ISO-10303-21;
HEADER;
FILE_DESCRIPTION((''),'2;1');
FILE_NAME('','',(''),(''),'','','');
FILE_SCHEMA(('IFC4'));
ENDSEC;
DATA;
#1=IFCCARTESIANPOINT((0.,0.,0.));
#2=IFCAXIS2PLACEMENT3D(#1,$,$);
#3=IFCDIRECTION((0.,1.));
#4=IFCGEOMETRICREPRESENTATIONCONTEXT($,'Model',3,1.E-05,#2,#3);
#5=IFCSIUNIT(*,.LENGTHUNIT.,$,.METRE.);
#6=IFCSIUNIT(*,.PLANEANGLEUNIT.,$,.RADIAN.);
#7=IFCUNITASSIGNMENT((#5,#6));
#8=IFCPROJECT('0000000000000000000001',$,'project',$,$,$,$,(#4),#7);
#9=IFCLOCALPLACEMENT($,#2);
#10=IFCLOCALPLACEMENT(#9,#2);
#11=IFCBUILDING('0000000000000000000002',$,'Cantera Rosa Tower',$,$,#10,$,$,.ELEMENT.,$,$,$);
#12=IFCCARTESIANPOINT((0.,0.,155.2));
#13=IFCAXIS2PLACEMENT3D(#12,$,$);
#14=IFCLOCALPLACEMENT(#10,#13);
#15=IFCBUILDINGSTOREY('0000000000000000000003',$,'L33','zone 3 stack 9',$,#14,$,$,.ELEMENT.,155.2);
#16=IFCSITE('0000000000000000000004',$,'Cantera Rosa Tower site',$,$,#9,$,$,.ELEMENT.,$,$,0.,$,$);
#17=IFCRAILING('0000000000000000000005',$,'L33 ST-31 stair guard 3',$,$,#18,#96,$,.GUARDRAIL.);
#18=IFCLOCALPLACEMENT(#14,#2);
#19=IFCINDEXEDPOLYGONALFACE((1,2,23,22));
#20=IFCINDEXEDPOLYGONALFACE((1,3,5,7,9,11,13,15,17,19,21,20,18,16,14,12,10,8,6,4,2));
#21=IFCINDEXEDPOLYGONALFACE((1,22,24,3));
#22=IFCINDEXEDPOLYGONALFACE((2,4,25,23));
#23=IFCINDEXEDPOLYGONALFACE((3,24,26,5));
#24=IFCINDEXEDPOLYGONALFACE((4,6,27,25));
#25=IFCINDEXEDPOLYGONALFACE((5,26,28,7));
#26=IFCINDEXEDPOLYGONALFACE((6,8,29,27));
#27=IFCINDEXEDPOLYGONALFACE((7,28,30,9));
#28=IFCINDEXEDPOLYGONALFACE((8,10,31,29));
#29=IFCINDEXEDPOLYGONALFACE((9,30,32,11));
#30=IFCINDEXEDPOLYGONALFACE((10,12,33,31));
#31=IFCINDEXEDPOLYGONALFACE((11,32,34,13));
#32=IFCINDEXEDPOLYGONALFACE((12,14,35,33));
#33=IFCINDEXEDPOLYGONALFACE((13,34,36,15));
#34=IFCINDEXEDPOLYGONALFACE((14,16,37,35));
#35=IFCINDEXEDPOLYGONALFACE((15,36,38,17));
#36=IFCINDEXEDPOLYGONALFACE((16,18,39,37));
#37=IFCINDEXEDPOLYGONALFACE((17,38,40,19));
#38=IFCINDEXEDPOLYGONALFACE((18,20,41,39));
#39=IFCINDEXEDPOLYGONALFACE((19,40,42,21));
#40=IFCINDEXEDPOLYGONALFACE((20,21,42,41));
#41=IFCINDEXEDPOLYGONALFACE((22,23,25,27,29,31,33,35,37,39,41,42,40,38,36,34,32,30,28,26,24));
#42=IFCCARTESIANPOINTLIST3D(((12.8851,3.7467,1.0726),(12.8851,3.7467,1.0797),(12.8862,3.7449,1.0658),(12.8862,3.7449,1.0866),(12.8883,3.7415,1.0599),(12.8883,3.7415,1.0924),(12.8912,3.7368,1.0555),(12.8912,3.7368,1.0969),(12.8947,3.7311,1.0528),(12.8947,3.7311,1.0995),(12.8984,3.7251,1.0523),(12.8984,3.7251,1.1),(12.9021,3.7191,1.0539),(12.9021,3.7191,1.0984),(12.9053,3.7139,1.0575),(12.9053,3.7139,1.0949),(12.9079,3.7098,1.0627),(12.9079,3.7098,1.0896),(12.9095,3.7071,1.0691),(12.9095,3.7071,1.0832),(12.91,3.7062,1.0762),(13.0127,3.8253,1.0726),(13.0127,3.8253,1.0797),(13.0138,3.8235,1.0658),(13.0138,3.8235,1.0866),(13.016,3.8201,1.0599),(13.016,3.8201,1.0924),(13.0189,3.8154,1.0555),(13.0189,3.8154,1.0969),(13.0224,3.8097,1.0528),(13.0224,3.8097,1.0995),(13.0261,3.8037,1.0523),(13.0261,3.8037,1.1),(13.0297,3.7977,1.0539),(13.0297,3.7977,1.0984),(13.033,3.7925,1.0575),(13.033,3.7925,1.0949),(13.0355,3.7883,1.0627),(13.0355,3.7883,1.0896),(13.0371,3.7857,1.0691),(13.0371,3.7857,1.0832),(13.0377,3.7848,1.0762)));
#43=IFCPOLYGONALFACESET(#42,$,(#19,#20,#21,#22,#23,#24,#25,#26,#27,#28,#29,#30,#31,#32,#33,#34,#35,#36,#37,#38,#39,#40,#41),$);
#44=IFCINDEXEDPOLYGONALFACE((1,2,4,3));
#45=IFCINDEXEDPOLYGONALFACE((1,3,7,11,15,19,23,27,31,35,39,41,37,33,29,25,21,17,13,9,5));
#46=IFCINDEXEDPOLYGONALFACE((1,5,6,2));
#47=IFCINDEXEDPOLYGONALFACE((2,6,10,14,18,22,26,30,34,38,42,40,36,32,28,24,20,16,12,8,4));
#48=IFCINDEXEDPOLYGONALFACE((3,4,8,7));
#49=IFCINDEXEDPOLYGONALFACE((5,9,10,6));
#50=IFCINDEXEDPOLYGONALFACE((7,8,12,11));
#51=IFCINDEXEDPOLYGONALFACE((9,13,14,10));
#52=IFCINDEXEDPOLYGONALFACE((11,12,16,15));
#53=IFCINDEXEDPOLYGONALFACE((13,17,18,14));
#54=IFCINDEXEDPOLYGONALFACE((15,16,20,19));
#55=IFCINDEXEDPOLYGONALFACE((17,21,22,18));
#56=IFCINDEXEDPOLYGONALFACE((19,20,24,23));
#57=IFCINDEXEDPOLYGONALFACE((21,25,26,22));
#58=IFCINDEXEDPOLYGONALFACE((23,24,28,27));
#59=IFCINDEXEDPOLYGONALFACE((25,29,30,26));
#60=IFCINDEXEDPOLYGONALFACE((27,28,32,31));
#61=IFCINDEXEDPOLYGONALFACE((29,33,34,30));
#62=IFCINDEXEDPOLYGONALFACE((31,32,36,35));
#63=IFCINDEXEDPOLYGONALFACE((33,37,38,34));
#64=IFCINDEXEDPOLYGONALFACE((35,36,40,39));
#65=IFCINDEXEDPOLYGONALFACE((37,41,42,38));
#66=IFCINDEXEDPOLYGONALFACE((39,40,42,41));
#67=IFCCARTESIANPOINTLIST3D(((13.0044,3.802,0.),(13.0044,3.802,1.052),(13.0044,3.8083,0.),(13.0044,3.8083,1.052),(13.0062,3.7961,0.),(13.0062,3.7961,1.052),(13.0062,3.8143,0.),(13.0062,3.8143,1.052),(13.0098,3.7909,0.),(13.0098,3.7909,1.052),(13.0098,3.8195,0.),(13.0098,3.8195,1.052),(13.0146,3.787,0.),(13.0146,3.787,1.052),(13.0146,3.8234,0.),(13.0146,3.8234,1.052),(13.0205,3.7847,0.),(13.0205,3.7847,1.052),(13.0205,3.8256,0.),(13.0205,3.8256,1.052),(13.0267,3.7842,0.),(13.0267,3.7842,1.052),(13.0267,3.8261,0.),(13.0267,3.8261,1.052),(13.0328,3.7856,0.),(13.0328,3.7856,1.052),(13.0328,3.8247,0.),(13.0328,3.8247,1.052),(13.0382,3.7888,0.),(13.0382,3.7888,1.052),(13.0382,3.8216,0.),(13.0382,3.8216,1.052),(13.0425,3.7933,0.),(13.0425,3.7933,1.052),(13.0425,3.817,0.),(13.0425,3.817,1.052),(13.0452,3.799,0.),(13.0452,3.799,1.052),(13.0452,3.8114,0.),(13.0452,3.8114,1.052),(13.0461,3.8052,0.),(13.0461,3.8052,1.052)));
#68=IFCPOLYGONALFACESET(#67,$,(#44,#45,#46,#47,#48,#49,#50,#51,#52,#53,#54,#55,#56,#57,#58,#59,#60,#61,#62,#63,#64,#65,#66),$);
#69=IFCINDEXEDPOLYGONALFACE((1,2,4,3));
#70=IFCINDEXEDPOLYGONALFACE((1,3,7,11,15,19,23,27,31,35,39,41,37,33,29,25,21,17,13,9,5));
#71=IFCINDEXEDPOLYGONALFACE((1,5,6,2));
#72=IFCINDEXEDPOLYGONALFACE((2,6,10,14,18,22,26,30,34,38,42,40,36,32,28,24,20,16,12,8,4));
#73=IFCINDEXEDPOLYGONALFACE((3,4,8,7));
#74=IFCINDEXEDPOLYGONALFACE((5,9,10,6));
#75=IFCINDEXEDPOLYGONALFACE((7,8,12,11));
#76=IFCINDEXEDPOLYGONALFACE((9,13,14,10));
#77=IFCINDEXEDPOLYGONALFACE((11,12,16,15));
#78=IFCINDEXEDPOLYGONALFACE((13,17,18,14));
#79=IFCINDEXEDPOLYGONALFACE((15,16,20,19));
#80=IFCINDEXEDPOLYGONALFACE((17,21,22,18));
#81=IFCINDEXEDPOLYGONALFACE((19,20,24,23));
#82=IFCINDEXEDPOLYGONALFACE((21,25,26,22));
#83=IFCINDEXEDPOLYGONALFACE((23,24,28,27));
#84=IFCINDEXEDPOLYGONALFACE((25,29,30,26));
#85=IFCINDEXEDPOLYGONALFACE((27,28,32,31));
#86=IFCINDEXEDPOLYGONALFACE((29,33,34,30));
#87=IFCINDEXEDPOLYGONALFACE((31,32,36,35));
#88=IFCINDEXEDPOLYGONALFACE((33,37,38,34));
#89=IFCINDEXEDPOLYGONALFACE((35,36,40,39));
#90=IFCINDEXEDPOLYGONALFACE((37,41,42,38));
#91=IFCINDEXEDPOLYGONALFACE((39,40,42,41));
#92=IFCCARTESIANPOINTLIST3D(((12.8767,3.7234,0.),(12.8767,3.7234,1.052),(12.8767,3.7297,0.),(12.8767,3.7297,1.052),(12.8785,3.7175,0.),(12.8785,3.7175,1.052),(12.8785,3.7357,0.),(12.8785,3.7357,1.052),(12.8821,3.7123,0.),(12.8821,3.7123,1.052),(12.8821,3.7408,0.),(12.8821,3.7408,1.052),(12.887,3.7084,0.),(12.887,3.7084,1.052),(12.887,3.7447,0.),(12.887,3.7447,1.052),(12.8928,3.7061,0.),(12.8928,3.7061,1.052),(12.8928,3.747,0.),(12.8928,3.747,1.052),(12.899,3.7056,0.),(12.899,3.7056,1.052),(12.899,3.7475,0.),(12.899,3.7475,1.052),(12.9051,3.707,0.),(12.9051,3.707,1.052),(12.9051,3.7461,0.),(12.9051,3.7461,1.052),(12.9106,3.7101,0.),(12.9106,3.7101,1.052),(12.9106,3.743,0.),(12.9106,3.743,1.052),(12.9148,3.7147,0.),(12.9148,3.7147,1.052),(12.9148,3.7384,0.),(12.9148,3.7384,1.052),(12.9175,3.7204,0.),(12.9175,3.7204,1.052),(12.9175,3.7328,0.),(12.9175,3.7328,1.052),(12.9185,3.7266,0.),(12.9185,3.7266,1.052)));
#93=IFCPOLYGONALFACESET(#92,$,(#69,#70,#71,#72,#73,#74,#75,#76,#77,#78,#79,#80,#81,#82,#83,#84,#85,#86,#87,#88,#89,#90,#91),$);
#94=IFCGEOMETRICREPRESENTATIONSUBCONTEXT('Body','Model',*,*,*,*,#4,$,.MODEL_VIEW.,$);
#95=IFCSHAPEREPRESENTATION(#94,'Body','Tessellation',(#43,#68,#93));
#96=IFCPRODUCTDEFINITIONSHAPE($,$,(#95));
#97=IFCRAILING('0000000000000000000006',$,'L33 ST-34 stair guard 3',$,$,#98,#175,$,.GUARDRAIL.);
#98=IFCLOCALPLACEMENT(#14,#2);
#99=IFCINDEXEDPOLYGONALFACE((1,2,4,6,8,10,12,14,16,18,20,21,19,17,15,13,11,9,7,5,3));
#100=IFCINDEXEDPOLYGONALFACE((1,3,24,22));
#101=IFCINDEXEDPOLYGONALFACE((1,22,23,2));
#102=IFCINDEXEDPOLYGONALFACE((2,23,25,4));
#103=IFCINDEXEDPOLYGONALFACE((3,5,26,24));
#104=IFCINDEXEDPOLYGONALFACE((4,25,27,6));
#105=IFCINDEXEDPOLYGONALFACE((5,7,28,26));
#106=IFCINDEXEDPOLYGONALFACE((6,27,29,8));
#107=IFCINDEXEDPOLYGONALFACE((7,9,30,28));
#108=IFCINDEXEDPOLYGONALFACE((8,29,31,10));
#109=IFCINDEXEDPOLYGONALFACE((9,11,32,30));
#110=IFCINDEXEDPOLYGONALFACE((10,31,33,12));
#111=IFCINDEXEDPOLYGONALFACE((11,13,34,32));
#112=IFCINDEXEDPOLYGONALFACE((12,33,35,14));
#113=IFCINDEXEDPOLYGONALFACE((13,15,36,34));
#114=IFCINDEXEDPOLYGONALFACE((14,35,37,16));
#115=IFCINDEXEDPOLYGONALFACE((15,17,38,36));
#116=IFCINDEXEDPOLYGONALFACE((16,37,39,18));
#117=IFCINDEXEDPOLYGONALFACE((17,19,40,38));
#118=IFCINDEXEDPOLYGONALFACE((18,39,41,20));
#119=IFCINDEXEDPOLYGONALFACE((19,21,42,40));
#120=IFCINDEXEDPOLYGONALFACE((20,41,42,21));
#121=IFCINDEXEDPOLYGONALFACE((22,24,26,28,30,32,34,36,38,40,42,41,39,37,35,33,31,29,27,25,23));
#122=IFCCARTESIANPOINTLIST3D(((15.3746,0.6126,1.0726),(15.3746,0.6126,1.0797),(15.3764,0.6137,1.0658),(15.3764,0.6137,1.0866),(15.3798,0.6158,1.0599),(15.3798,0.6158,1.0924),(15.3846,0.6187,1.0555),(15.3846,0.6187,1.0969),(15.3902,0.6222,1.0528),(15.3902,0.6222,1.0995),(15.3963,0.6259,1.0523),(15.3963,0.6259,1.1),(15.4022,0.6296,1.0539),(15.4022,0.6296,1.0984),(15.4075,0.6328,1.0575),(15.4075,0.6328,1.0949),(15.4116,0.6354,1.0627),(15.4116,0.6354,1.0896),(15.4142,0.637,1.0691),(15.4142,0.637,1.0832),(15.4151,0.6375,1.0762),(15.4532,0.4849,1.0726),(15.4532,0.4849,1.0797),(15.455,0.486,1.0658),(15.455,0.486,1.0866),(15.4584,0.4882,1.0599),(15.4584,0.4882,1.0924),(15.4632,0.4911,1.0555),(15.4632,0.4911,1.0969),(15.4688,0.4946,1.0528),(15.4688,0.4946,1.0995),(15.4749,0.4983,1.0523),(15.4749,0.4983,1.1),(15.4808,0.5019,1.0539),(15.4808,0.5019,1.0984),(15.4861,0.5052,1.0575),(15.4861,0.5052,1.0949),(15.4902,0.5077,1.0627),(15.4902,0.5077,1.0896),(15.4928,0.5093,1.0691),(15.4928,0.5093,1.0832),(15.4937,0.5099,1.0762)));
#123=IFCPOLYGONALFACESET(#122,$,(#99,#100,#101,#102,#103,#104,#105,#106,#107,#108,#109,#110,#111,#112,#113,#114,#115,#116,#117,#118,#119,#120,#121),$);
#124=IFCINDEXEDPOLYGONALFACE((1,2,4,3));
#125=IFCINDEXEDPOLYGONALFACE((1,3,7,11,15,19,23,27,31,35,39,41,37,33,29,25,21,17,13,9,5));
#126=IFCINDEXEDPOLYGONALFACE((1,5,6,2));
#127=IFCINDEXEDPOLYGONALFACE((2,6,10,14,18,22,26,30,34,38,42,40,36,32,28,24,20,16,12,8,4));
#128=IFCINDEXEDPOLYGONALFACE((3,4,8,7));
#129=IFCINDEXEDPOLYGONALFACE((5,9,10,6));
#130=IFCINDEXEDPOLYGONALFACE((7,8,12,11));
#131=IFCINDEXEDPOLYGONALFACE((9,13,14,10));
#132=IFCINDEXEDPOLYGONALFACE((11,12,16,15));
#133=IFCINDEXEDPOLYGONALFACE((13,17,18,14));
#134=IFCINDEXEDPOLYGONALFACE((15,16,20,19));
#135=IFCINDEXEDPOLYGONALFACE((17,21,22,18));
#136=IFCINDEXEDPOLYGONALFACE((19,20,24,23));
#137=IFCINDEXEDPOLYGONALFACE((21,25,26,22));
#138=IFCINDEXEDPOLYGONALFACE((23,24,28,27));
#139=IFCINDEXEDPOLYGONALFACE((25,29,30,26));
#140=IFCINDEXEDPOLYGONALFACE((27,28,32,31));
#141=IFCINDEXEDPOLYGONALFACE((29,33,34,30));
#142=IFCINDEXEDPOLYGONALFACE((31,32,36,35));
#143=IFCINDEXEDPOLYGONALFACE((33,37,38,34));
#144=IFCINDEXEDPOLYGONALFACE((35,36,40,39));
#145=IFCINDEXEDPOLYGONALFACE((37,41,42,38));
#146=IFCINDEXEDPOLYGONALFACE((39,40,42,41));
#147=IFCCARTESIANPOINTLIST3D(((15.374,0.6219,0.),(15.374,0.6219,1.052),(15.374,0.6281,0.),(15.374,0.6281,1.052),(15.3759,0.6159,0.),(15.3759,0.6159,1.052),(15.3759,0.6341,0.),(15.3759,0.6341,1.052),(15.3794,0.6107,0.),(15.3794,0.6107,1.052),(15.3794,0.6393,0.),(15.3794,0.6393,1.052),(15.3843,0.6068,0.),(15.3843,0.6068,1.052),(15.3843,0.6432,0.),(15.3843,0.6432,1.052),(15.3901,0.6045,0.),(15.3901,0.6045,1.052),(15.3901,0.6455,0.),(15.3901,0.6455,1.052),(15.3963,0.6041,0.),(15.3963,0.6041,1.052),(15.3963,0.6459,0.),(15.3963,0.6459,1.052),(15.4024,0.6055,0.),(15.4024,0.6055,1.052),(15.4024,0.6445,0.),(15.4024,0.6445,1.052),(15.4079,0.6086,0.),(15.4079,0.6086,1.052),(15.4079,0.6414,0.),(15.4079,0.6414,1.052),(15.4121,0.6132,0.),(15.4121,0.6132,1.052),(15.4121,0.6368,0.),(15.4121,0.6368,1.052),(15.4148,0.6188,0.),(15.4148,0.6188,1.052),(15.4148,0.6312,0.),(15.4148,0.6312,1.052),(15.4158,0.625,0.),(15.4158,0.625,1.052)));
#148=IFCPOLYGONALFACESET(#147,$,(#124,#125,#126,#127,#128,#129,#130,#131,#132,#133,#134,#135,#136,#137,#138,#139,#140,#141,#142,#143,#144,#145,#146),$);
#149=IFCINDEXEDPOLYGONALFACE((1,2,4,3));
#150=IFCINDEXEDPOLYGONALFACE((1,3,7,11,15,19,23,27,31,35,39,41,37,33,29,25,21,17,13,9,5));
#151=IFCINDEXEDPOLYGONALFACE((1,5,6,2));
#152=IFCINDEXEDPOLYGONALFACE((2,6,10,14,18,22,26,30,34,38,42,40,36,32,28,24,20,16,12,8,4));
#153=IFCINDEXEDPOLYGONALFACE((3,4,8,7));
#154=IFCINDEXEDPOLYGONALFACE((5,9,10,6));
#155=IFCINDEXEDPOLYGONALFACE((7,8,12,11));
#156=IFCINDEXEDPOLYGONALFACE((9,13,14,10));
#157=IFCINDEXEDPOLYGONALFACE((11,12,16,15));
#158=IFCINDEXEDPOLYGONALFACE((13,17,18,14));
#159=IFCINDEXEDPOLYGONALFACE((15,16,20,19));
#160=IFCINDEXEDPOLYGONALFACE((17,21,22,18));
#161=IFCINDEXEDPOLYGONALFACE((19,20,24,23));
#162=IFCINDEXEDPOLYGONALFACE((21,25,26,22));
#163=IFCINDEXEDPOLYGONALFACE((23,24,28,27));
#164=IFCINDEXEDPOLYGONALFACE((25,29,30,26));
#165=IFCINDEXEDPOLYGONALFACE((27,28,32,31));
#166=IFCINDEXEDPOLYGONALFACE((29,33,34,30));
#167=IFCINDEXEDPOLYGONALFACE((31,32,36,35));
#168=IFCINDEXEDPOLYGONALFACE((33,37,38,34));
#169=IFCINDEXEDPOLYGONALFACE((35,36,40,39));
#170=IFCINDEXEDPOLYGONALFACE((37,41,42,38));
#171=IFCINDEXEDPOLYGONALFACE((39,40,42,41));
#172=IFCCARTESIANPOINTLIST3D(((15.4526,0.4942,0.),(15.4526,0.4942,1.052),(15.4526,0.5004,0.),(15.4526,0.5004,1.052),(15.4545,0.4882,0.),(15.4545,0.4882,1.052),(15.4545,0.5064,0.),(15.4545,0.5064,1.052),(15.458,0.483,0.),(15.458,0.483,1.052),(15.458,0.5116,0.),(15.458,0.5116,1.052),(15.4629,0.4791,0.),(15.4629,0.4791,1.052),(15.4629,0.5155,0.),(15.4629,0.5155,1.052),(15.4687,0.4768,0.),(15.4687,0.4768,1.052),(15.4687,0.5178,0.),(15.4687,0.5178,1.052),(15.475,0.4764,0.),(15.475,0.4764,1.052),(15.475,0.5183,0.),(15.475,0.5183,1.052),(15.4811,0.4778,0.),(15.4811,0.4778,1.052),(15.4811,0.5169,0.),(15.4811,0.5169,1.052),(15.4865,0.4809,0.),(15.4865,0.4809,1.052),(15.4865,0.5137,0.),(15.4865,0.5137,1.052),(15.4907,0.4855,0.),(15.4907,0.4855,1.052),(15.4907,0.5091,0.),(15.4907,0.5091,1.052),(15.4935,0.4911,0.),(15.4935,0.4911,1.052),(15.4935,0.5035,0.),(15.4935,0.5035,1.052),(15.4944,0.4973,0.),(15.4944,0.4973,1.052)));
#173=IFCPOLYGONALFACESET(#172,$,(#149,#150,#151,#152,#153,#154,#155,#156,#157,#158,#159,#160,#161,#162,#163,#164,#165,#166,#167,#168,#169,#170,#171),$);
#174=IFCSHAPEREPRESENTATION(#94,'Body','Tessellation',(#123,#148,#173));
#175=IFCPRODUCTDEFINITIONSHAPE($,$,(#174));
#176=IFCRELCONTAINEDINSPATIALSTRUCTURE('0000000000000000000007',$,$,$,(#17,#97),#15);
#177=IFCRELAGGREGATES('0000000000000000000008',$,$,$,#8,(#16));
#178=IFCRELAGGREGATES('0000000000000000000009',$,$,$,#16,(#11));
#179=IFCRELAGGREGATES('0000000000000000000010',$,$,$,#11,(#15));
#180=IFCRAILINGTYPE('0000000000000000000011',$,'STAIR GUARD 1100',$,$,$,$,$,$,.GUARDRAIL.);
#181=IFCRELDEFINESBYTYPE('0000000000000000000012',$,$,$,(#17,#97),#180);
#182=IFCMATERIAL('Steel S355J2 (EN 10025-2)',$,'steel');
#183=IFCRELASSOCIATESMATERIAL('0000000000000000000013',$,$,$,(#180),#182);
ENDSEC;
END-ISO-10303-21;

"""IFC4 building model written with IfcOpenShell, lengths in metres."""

from ifc_helpers import new_model, si_unit, direction, frame, origin, origin_2d, place, context, subcontext, project, spatial, circle, extrude, material, type_object, element, save


model = new_model("IFC4")

# Units and contexts
model_context = context("Model", 3, precision=1e-05, world=origin(), true_north=direction((0.0, 1.0)))
body_context = subcontext(model_context, "Body", "Model", "MODEL_VIEW")
ifc_project = project(units=[si_unit("LENGTHUNIT", "METRE"), si_unit("PLANEANGLEUNIT", "RADIAN")], contexts=[model_context])

# Site, building, storey
site_placement = place(None, origin())
site = spatial("IfcSite", under=ifc_project, at=site_placement, Name="Cantera Rosa Tower site", CompositionType="ELEMENT", RefElevation=0.0)
building_placement = place(site_placement, origin())
building = spatial("IfcBuilding", under=site, at=building_placement, Name="Cantera Rosa Tower", CompositionType="ELEMENT")
storey_placement = place(building_placement, frame((0.0, 0.0, 155.2)))
storey = spatial("IfcBuildingStorey", under=building, at=storey_placement, Name="L33", Description="zone 3 stack 9", CompositionType="ELEMENT", Elevation=155.2)

# Railings
ifc_material_1 = material(Name="Steel S355J2 (EN 10025-2)", Category="steel")
railing_type_1 = type_object("IfcRailingType", Name="STAIR GUARD 1100", PredefinedType="GUARDRAIL", material=ifc_material_1)
railing_1_placement = place(storey_placement, frame((13.0251, 3.8052, 0.0)))
element("IfcRailing", 1, at=railing_1_placement, inside=storey, type_object=railing_type_1, Name="L33 ST-31 stair guard 3", PredefinedType="GUARDRAIL", context=body_context, shape_type="SweptSolid", body=[
    extrude(circle(Radius=0.0239, at=origin_2d()), frame((0.0, 0.0, 1.0762), z_axis=(-0.851546, -0.524279, 0.0), x_axis=(0.524279, -0.851546, 0.0)), (0.0, 0.0, 1.0), 0.1499),
    extrude(circle(Radius=0.021, at=origin_2d()), origin(), (0.0, 0.0, 1.0), 1.052),
    extrude(circle(Radius=0.021, at=origin_2d()), frame((-0.1277, -0.0786, 0.0)), (0.0, 0.0, 1.0), 1.052),
])
railing_2_placement = place(storey_placement, frame((15.3948, 0.625, 0.0)))
element("IfcRailing", 2, at=railing_2_placement, inside=storey, type_object=railing_type_1, Name="L33 ST-34 stair guard 3", PredefinedType="GUARDRAIL", context=body_context, shape_type="SweptSolid", body=[
    extrude(circle(Radius=0.0239, at=origin_2d()), frame((0.0, 0.0, 1.0762), z_axis=(0.524279, -0.851546, 0.0), x_axis=(0.851546, 0.524279, 0.0)), (0.0, 0.0, 1.0), 0.1499),
    extrude(circle(Radius=0.021, at=origin_2d()), origin(), (0.0, 0.0, 1.0), 1.052),
    extrude(circle(Radius=0.021, at=origin_2d()), frame((0.0786, -0.1277, 0.0)), (0.0, 0.0, 1.0), 1.052),
])

save(model, "model.ifc")
